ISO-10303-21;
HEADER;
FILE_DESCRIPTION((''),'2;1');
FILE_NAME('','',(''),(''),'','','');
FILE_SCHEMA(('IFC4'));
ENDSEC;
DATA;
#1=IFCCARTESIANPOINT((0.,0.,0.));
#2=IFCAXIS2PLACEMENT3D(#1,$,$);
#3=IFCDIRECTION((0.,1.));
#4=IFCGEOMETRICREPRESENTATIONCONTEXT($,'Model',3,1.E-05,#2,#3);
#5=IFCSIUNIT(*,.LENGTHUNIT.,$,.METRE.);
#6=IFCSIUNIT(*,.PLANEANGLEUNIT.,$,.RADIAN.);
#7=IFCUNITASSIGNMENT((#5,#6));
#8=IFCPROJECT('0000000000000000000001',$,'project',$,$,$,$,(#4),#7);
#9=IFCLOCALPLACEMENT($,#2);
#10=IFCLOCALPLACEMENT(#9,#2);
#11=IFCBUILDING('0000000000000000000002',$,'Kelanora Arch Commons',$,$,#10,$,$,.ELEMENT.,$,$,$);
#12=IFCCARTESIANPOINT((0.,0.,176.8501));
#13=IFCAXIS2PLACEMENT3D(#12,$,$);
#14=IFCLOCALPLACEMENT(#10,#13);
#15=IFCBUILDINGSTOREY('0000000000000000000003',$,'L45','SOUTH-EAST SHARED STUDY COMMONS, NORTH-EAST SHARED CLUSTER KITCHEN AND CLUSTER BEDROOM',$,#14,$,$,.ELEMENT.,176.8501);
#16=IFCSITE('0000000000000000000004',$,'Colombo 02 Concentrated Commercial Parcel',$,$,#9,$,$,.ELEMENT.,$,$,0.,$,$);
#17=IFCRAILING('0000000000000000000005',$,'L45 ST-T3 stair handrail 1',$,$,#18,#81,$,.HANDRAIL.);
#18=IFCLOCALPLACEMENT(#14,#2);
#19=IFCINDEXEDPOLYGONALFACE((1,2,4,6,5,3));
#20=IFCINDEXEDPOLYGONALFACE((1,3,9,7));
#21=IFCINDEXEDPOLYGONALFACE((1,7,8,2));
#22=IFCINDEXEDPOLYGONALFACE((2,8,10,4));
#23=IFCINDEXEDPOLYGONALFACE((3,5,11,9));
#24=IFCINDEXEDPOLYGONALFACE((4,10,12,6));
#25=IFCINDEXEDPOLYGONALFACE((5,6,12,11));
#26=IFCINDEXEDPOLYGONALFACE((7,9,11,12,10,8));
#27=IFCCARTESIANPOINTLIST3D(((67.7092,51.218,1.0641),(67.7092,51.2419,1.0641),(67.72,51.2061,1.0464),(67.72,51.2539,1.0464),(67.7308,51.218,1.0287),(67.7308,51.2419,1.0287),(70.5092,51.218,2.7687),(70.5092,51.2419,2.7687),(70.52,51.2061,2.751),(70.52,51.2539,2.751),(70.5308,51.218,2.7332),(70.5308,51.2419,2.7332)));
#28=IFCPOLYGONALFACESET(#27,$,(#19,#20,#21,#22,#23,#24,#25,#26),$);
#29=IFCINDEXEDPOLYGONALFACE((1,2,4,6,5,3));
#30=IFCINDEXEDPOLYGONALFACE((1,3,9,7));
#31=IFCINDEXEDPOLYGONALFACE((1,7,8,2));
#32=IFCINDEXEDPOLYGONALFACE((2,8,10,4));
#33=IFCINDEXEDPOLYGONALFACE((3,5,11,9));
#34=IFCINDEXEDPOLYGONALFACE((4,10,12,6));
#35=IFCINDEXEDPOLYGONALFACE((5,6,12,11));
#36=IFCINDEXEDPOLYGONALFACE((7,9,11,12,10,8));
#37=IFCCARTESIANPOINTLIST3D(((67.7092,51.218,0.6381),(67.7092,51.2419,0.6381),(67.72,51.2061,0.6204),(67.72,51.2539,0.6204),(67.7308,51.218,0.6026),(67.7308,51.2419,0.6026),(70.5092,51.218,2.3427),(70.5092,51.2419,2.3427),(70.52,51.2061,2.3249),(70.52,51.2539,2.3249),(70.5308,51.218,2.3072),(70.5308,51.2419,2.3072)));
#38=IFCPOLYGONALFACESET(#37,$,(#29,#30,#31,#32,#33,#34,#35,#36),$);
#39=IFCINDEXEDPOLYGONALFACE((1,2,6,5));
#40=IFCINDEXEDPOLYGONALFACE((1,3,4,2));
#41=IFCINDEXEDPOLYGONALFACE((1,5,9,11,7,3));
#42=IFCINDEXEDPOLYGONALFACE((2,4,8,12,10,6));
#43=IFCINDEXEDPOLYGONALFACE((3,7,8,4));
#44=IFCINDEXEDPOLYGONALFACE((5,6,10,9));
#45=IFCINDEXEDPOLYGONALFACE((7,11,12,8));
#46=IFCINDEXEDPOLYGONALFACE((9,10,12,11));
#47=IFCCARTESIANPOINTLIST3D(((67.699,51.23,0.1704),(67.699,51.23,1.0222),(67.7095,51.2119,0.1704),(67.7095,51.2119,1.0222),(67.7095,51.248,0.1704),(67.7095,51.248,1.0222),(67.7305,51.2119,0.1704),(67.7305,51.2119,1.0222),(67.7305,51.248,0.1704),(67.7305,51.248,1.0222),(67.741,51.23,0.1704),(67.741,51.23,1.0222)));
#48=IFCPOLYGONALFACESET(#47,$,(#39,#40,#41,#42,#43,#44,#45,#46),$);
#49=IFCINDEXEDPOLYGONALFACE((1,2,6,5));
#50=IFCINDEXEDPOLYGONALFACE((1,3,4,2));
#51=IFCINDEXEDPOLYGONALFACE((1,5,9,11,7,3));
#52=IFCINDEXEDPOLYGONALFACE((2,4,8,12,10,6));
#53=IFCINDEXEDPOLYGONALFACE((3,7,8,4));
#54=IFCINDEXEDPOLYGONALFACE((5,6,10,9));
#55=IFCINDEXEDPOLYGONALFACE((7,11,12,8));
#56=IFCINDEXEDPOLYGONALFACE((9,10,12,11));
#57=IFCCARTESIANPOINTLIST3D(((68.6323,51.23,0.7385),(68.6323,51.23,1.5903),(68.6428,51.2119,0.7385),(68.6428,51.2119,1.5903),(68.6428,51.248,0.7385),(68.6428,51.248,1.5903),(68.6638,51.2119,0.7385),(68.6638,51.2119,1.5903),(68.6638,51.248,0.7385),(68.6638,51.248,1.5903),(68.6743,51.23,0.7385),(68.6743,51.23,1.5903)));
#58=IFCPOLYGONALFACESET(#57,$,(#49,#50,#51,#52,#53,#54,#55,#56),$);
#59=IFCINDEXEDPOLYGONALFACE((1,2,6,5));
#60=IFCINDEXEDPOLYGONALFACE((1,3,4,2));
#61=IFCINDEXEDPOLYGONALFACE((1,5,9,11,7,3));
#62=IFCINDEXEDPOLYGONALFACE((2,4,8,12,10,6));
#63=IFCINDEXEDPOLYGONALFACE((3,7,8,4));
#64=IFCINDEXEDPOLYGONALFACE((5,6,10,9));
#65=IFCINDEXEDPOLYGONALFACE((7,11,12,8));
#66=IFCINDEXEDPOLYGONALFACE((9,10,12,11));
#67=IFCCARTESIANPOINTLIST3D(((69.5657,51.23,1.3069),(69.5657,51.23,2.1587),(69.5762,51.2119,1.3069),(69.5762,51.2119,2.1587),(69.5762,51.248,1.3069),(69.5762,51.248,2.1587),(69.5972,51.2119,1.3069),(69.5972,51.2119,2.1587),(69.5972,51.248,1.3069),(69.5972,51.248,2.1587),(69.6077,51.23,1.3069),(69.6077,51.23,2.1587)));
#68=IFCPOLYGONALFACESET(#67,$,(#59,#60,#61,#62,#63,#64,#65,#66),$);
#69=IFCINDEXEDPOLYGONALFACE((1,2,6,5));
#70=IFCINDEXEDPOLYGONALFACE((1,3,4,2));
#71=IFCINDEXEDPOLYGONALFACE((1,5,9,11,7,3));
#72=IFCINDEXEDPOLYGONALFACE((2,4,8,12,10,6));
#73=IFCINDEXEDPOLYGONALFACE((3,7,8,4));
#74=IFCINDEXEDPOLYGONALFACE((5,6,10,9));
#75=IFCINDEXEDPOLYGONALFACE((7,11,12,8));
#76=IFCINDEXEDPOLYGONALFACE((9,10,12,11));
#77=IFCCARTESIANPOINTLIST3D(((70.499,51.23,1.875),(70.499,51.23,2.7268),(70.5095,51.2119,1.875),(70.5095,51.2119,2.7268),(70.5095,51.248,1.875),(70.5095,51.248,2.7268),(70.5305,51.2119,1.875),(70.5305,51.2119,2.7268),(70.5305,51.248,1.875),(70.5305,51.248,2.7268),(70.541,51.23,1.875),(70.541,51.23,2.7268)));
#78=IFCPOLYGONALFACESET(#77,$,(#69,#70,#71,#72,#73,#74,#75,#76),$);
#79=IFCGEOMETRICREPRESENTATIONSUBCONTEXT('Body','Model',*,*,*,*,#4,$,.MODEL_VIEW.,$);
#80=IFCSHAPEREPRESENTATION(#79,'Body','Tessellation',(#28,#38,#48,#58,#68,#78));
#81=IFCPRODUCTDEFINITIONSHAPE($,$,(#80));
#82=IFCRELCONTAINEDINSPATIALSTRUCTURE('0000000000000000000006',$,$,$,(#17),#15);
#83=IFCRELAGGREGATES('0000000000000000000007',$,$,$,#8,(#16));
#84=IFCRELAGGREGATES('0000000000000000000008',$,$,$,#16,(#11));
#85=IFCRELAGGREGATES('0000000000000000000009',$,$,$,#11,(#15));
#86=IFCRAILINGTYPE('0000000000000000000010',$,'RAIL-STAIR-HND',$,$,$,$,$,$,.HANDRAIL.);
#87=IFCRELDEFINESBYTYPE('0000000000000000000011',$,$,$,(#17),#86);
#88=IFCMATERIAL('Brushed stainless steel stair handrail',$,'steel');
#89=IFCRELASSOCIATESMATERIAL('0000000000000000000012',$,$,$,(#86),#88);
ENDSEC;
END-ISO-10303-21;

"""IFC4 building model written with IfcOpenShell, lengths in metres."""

from ifc_helpers import new_model, si_unit, direction, frame, origin, place, context, subcontext, project, spatial, polyline, outline, extrude, material, type_object, element, save


model = new_model("IFC4")

# Units and contexts
model_context = context("Model", 3, precision=1e-05, world=origin(), true_north=direction((0.0, 1.0)))
body_context = subcontext(model_context, "Body", "Model", "MODEL_VIEW")
ifc_project = project(units=[si_unit("LENGTHUNIT", "METRE"), si_unit("PLANEANGLEUNIT", "RADIAN")], contexts=[model_context])

# Site, building, storey
site_placement = place(None, origin())
site = spatial("IfcSite", under=ifc_project, at=site_placement, Name="Colombo 02 Concentrated Commercial Parcel", CompositionType="ELEMENT", RefElevation=0.0)
building_placement = place(site_placement, origin())
building = spatial("IfcBuilding", under=site, at=building_placement, Name="Kelanora Arch Commons", CompositionType="ELEMENT")
storey_placement = place(building_placement, frame((0.0, 0.0, 176.8501)))
storey = spatial("IfcBuildingStorey", under=building, at=storey_placement, Name="L45", Description="SOUTH-EAST SHARED STUDY COMMONS, NORTH-EAST SHARED CLUSTER KITCHEN AND CLUSTER BEDROOM", CompositionType="ELEMENT", Elevation=176.8501)

# Railing
ifc_material_1 = material(Name="Brushed stainless steel stair handrail", Category="steel")
railing_type_1 = type_object("IfcRailingType", Name="RAIL-STAIR-HND", PredefinedType="HANDRAIL", material=ifc_material_1)
railing_1_placement = place(storey_placement, frame((67.72, 51.23, 0.1704)))
element("IfcRailing", 1, at=railing_1_placement, inside=storey, type_object=railing_type_1, Name="L45 ST-T3 stair handrail 1", PredefinedType="HANDRAIL", context=body_context, shape_type="SweptSolid", body=[
    extrude(outline(polyline([(0.0239, 0.0), (0.012, 0.0208), (-0.012, 0.0208), (-0.0239, 0.0), (-0.012, -0.0208), (0.012, -0.0208), (0.0239, 0.0)])), frame((0.0, 0.0, 0.876), z_axis=(0.85417, 0.0, 0.519994), x_axis=(0.0, 1.0, 0.0)), (0.0, 0.0, 1.0), 3.2781),
    extrude(outline(polyline([(0.0239, 0.0), (0.012, 0.0208), (-0.012, 0.0208), (-0.0239, 0.0), (-0.012, -0.0208), (0.012, -0.0208), (0.0239, 0.0)])), frame((0.0, 0.0, 0.45), z_axis=(0.85417, 0.0, 0.519994), x_axis=(0.0, 1.0, 0.0)), (0.0, 0.0, 1.0), 3.2781),
    extrude(outline(polyline([(0.021, 0.0), (0.0105, 0.0181), (-0.0105, 0.0181), (-0.021, 0.0), (-0.0105, -0.0181), (0.0105, -0.0181), (0.021, 0.0)])), origin(), (0.0, 0.0, 1.0), 0.8518),
    extrude(outline(polyline([(0.021, 0.0), (0.0105, 0.0181), (-0.0105, 0.0181), (-0.021, 0.0), (-0.0105, -0.0181), (0.0105, -0.0181), (0.021, 0.0)])), frame((0.9333, 0.0, 0.5681)), (0.0, 0.0, 1.0), 0.8518),
    extrude(outline(polyline([(0.021, 0.0), (0.0105, 0.0181), (-0.0105, 0.0181), (-0.021, 0.0), (-0.0105, -0.0181), (0.0105, -0.0181), (0.021, 0.0)])), frame((1.8667, 0.0, 1.1365)), (0.0, 0.0, 1.0), 0.8518),
    extrude(outline(polyline([(0.021, 0.0), (0.0105, 0.0181), (-0.0105, 0.0181), (-0.021, 0.0), (-0.0105, -0.0181), (0.0105, -0.0181), (0.021, 0.0)])), frame((2.8, 0.0, 1.7046)), (0.0, 0.0, 1.0), 0.8518),
])

save(model, "model.ifc")
